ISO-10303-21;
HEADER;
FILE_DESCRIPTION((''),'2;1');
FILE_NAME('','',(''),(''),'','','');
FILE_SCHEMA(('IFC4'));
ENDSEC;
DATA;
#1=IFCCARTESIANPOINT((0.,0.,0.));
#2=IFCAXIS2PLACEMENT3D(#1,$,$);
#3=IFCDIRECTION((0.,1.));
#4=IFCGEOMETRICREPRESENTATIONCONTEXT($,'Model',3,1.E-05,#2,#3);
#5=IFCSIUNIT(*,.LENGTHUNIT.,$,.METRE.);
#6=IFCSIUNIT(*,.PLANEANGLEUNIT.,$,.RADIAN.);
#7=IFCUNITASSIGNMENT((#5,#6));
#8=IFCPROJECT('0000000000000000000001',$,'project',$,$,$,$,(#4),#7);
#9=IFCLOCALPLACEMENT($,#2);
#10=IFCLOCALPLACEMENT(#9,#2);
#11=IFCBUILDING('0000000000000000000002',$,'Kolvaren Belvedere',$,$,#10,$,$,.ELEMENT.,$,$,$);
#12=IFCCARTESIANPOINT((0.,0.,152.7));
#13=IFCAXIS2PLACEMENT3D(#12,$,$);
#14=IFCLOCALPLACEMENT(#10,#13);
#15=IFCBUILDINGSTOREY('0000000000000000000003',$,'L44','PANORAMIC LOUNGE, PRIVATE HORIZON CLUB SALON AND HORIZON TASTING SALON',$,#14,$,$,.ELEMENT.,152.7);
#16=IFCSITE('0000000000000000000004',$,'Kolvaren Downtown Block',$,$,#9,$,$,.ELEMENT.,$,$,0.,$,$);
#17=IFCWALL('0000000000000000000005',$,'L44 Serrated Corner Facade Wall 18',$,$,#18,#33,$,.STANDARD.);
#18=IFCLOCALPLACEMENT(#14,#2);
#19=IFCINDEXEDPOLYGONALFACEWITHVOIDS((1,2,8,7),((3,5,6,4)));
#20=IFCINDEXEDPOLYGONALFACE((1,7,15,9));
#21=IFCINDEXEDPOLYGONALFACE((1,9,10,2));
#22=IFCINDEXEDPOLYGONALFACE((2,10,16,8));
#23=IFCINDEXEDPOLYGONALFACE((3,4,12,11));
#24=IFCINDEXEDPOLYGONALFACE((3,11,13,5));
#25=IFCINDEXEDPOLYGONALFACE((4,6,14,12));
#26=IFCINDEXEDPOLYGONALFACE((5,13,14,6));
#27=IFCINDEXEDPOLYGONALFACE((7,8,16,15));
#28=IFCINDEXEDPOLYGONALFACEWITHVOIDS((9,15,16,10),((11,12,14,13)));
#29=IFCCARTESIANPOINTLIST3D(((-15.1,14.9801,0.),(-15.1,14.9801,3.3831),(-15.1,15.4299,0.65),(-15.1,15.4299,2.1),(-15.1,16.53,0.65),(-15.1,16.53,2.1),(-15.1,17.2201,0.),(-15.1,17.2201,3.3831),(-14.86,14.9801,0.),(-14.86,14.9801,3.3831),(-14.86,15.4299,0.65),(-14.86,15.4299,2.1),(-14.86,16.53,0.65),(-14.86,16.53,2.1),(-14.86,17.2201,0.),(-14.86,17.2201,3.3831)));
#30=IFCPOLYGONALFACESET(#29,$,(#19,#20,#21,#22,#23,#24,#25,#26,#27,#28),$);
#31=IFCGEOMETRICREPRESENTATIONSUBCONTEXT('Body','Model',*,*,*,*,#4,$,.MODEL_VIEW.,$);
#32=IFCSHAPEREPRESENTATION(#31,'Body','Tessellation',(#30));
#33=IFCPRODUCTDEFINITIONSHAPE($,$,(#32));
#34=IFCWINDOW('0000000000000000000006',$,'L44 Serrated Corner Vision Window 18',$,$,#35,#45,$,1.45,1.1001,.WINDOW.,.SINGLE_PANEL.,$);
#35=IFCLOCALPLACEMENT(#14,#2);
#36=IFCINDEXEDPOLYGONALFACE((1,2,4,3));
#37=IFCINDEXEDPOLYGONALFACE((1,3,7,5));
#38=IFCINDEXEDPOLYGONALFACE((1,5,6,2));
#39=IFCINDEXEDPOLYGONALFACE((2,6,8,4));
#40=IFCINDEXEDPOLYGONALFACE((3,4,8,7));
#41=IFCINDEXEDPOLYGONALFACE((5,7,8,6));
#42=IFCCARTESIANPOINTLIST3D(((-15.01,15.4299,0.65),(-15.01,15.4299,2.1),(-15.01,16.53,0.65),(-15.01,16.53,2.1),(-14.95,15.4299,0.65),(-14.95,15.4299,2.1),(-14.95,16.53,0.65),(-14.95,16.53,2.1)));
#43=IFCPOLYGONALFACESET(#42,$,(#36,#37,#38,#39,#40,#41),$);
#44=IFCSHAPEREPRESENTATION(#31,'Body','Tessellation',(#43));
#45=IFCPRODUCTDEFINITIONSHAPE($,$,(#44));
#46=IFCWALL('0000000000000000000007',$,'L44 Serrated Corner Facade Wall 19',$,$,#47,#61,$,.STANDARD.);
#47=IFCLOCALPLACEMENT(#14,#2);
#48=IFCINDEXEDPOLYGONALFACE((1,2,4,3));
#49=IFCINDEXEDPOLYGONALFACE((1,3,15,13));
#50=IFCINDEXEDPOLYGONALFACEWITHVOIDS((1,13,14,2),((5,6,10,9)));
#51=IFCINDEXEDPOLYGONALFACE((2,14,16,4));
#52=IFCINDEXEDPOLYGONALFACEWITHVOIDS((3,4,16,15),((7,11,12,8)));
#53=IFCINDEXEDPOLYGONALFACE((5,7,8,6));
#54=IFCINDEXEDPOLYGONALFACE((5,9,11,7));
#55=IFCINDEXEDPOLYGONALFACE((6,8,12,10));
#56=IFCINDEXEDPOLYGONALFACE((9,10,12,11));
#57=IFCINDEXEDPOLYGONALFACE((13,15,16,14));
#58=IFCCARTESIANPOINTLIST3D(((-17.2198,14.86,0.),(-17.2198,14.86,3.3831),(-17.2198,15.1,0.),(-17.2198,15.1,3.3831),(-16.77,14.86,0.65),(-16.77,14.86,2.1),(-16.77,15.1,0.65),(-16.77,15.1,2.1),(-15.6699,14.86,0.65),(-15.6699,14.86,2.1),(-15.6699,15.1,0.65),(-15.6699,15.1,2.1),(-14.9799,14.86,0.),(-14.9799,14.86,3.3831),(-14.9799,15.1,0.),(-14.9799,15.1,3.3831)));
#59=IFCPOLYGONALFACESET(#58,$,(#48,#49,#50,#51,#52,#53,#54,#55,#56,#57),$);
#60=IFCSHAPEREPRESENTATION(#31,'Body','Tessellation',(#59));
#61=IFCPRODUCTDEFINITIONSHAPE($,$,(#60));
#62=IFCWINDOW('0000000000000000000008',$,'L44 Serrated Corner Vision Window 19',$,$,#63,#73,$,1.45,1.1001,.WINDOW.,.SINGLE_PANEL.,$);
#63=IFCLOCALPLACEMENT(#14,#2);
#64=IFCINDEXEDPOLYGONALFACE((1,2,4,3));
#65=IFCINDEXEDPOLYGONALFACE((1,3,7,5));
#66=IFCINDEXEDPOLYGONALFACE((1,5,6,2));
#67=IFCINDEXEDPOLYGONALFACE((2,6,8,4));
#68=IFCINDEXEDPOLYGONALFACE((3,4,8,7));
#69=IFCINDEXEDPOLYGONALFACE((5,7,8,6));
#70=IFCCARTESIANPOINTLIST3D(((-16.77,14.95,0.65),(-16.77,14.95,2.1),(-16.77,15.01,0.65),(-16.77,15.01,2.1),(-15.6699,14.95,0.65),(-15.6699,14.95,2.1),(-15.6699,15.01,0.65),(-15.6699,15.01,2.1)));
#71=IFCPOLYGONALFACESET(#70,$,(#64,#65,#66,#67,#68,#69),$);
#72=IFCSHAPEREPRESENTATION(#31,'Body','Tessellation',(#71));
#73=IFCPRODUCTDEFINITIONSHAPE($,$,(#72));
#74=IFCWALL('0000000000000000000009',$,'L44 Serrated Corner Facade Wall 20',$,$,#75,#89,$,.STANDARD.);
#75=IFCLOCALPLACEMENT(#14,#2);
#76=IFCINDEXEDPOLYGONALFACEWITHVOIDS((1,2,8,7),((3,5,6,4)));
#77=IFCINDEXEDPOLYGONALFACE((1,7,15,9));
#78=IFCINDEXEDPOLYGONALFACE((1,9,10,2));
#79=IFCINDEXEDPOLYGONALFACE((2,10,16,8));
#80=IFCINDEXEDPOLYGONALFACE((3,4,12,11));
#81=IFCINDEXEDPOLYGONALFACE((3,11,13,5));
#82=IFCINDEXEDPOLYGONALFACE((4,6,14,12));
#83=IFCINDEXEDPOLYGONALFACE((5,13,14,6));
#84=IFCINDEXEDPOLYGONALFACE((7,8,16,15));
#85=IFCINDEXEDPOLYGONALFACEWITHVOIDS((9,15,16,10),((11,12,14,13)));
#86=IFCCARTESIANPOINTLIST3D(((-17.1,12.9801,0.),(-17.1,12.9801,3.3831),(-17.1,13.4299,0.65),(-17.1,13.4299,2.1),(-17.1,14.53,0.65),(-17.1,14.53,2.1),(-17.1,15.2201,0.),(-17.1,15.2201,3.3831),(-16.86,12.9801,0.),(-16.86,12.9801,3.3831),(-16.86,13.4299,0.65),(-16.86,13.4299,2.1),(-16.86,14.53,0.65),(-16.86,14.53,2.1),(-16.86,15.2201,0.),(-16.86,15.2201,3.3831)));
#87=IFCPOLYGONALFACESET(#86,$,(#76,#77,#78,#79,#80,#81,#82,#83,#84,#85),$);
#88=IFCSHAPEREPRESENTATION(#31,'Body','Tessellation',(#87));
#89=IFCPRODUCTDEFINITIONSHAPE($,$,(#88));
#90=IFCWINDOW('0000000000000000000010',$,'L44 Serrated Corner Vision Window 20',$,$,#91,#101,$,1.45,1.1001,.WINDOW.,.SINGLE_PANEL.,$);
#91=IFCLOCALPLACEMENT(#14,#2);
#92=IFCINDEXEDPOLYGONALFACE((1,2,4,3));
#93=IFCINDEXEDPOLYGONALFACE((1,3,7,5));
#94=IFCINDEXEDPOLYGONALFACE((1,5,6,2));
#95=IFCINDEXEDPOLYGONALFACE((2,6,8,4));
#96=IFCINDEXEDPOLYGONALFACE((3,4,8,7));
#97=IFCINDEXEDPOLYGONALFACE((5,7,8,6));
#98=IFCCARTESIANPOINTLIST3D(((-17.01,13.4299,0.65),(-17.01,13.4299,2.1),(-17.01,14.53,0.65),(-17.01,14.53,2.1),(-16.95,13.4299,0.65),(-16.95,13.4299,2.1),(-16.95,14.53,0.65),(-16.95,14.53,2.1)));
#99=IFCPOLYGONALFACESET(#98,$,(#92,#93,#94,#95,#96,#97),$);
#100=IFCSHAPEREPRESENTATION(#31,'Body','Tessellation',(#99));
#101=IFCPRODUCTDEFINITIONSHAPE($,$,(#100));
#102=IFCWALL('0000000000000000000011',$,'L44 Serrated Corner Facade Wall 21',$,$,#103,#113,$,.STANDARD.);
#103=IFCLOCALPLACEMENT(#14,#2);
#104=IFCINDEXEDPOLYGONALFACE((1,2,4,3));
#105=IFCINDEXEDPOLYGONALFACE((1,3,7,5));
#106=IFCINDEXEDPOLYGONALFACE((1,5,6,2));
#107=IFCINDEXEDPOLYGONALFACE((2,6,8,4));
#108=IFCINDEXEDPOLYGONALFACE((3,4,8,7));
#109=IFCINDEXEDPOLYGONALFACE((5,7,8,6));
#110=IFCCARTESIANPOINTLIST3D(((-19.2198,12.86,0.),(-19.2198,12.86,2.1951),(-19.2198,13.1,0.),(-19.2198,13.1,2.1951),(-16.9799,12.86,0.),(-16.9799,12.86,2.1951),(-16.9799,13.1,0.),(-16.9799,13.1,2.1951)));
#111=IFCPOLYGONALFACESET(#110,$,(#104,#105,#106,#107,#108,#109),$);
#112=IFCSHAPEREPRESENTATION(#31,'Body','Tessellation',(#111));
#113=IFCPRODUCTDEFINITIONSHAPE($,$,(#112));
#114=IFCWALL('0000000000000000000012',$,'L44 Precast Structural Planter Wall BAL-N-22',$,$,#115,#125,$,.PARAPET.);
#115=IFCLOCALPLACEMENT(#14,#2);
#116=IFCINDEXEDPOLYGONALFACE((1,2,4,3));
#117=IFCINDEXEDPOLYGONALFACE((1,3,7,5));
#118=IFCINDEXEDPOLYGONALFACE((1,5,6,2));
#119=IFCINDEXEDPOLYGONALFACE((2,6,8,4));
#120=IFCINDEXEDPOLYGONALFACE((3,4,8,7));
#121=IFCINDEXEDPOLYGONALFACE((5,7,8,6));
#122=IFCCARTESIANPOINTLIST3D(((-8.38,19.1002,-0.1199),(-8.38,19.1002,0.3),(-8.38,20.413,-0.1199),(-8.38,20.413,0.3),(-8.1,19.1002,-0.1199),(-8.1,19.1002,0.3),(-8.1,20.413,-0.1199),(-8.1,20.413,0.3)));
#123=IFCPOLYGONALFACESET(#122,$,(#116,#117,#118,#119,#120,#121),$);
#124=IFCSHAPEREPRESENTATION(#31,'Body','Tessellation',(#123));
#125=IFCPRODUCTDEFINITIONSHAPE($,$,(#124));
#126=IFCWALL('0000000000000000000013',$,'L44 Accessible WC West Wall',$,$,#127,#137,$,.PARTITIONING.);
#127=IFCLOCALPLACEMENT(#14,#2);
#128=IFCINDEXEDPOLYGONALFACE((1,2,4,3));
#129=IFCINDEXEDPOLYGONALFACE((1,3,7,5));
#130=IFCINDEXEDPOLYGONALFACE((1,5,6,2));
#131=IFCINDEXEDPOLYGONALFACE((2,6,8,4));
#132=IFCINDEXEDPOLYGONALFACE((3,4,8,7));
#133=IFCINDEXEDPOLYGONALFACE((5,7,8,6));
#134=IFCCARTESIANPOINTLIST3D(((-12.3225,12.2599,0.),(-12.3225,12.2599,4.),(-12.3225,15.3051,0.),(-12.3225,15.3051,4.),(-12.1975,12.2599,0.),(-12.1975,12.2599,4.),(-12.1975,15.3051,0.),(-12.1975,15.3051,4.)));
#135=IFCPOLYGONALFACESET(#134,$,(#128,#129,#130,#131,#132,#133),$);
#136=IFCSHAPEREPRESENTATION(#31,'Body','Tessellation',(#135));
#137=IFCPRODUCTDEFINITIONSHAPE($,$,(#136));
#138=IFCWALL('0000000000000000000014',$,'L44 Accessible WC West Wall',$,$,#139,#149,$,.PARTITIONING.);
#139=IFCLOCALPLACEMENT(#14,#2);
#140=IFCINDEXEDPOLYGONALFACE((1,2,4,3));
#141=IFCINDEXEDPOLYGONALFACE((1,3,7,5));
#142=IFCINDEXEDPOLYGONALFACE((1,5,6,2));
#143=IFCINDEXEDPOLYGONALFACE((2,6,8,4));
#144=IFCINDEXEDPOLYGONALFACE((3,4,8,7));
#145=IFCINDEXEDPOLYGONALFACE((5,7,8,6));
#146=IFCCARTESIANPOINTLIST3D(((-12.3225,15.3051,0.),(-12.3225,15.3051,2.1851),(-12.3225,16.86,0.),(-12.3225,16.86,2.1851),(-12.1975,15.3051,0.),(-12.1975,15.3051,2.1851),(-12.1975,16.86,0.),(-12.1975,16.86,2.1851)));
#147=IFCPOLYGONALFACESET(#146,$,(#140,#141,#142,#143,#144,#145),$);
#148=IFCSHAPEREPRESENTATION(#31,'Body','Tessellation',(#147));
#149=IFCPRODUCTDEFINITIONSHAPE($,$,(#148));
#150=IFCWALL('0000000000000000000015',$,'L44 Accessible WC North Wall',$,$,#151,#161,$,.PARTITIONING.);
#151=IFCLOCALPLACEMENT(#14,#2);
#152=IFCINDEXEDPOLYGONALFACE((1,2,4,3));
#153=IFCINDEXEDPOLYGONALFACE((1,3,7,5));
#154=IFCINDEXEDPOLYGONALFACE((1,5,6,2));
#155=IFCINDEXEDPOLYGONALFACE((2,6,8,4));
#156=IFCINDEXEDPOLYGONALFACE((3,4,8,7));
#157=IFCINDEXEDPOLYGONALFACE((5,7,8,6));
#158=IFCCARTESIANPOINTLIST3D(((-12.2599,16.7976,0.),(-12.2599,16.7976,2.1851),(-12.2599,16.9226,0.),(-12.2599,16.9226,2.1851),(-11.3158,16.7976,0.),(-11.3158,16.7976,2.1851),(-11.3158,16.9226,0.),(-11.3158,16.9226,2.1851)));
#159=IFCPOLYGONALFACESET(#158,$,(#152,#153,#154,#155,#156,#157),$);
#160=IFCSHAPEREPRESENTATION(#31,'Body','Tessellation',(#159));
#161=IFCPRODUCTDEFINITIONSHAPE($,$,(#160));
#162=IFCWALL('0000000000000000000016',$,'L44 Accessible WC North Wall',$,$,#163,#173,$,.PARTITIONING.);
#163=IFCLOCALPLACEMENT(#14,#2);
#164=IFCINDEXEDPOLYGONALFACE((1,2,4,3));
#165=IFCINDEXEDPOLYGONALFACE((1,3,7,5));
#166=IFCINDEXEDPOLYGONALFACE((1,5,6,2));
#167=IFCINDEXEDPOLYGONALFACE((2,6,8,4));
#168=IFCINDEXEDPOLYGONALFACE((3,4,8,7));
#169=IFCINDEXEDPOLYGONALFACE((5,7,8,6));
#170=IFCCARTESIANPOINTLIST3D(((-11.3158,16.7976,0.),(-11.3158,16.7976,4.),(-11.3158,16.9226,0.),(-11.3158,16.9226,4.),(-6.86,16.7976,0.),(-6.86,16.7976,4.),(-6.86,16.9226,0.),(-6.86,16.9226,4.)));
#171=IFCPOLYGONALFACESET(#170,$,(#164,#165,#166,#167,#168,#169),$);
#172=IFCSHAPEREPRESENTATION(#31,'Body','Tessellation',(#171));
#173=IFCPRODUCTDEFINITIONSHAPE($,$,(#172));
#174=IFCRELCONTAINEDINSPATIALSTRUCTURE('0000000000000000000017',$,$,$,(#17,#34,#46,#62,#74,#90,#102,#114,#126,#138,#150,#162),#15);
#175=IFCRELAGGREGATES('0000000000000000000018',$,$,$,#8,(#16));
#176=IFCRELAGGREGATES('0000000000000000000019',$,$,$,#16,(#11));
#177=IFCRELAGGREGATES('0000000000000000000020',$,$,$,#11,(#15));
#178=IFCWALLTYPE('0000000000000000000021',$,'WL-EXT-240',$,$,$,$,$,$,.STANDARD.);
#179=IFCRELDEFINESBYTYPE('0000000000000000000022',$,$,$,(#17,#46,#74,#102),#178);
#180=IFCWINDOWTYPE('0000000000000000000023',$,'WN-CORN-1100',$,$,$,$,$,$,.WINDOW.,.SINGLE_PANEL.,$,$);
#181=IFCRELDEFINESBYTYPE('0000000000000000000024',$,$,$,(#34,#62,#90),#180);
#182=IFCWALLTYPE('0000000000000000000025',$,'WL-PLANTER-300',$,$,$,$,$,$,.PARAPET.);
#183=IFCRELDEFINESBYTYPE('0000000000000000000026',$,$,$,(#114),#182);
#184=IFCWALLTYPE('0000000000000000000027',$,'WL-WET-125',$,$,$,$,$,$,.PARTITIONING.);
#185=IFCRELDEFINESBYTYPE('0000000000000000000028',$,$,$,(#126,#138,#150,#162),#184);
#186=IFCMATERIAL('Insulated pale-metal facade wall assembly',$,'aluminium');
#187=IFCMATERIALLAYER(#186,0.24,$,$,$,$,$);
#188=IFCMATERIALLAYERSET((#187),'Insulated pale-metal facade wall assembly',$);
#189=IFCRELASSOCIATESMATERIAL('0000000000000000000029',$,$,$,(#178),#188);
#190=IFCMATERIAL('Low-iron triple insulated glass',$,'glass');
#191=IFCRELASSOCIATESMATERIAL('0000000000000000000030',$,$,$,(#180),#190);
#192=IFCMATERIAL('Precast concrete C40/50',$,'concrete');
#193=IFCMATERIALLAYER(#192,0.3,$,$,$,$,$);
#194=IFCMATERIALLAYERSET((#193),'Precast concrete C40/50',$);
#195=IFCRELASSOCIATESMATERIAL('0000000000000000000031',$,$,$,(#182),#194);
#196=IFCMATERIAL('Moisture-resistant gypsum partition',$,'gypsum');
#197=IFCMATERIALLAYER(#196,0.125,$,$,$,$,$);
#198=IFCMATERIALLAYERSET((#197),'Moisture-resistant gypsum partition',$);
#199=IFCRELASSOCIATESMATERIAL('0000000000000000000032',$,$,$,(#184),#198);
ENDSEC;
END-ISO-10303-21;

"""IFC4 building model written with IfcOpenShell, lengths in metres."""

from ifc_helpers import new_model, si_unit, direction, frame, frame_2d, origin, place, context, subcontext, project, spatial, rectangle, extrude, material, layer, layer_set, type_object, element, fill, save


model = new_model("IFC4")

# Units and contexts
model_context = context("Model", 3, precision=1e-05, world=origin(), true_north=direction((0.0, 1.0)))
body_context = subcontext(model_context, "Body", "Model", "MODEL_VIEW")
ifc_project = project(units=[si_unit("LENGTHUNIT", "METRE"), si_unit("PLANEANGLEUNIT", "RADIAN")], contexts=[model_context])

# Site, building, storey
site_placement = place(None, origin())
site = spatial("IfcSite", under=ifc_project, at=site_placement, Name="Kolvaren Downtown Block", CompositionType="ELEMENT", RefElevation=0.0)
building_placement = place(site_placement, origin())
building = spatial("IfcBuilding", under=site, at=building_placement, Name="Kolvaren Belvedere", CompositionType="ELEMENT")
storey_placement = place(building_placement, frame((0.0, 0.0, 152.7)))
storey = spatial("IfcBuildingStorey", under=building, at=storey_placement, Name="L44", Description="PANORAMIC LOUNGE, PRIVATE HORIZON CLUB SALON AND HORIZON TASTING SALON", CompositionType="ELEMENT", Elevation=152.7)

# Shared definitions
ifc_material_1 = material(Name="Insulated pale-metal facade wall assembly", Category="aluminium")
ifc_layer_1 = layer(ifc_material_1, 0.24)
ifc_layer_set_1 = layer_set([ifc_layer_1], Name="Insulated pale-metal facade wall assembly")
wall_type_1 = type_object("IfcWallType", Name="WL-EXT-240", PredefinedType="STANDARD", material=ifc_layer_set_1)

# Walls, openings, windows
ifc_material_2 = material(Name="Low-iron triple insulated glass", Category="glass")
window_type = type_object("IfcWindowType", Name="WN-CORN-1100", PartitioningType="SINGLE_PANEL", PredefinedType="WINDOW", material=ifc_material_2)
wall_1_placement = place(storey_placement, frame((-14.98, 14.98, 0.0), z_axis=(0.0, 0.0, 1.0), x_axis=(0.0, 1.0, 0.0)))
wall_1 = element("IfcWall", 1, at=wall_1_placement, inside=storey, type_object=wall_type_1, Name="L44 Serrated Corner Facade Wall 18", PredefinedType="STANDARD", context=body_context, shape_type="SweptSolid", body=[
    extrude(rectangle(XDim=2.24, YDim=0.24, at=frame_2d((1.1201, 0.0))), origin(), (0.0, 0.0, 1.0), 3.3831),
])
opening_1_placement = place(wall_1_placement, frame((0.45, 0.0, 0.6499)))
opening_1 = element("IfcOpeningElement", 2, at=opening_1_placement, cuts=wall_1, PredefinedType="OPENING", context=body_context, shape_type="SweptSolid", body=[
    extrude(rectangle(XDim=1.1001, YDim=1.45, at=frame_2d((0.55, 0.7251))), frame((0.0, 0.1299, 0.0), z_axis=(0.0, -1.0, 0.0), x_axis=(1.0, 0.0, 0.0)), (0.0, 0.0, 1.0), 0.26),
])
window_1_placement = place(opening_1_placement, origin())
window_1 = element("IfcWindow", 3, at=window_1_placement, inside=storey, type_object=window_type, Name="L44 Serrated Corner Vision Window 18", OverallHeight=1.45, OverallWidth=1.1001, PartitioningType="SINGLE_PANEL", PredefinedType="WINDOW", context=body_context, shape_type="SweptSolid", body=[
    extrude(rectangle(XDim=1.1001, YDim=1.45, at=frame_2d((0.55, 0.7251))), frame((0.0, 0.03, 0.0), z_axis=(0.0, -1.0, 0.0), x_axis=(1.0, 0.0, 0.0)), (0.0, 0.0, 1.0), 0.0601),
])
fill(opening_1, window_1)
wall_2_placement = place(storey_placement, frame((-17.22, 14.98, 0.0), z_axis=(0.0, 0.0, 1.0), x_axis=(1.0, 0.0, 0.0)))
wall_2 = element("IfcWall", 4, at=wall_2_placement, inside=storey, type_object=wall_type_1, Name="L44 Serrated Corner Facade Wall 19", PredefinedType="STANDARD", context=body_context, shape_type="SweptSolid", body=[
    extrude(rectangle(XDim=2.24, YDim=0.24, at=frame_2d((1.1201, 0.0))), origin(), (0.0, 0.0, 1.0), 3.3831),
])
opening_2_placement = place(wall_2_placement, frame((0.45, 0.0, 0.6499)))
opening_2 = element("IfcOpeningElement", 5, at=opening_2_placement, cuts=wall_2, PredefinedType="OPENING", context=body_context, shape_type="SweptSolid", body=[
    extrude(rectangle(XDim=1.1001, YDim=1.45, at=frame_2d((0.55, 0.7251))), frame((0.0, 0.1299, 0.0), z_axis=(0.0, -1.0, 0.0), x_axis=(1.0, 0.0, 0.0)), (0.0, 0.0, 1.0), 0.26),
])
window_2_placement = place(opening_2_placement, origin())
window_2 = element("IfcWindow", 6, at=window_2_placement, inside=storey, type_object=window_type, Name="L44 Serrated Corner Vision Window 19", OverallHeight=1.45, OverallWidth=1.1001, PartitioningType="SINGLE_PANEL", PredefinedType="WINDOW", context=body_context, shape_type="SweptSolid", body=[
    extrude(rectangle(XDim=1.1001, YDim=1.45, at=frame_2d((0.55, 0.7251))), frame((0.0, 0.03, 0.0), z_axis=(0.0, -1.0, 0.0), x_axis=(1.0, 0.0, 0.0)), (0.0, 0.0, 1.0), 0.0601),
])
fill(opening_2, window_2)
wall_3_placement = place(storey_placement, frame((-16.98, 12.98, 0.0), z_axis=(0.0, 0.0, 1.0), x_axis=(0.0, 1.0, 0.0)))
wall_3 = element("IfcWall", 7, at=wall_3_placement, inside=storey, type_object=wall_type_1, Name="L44 Serrated Corner Facade Wall 20", PredefinedType="STANDARD", context=body_context, shape_type="SweptSolid", body=[
    extrude(rectangle(XDim=2.24, YDim=0.24, at=frame_2d((1.1201, 0.0))), origin(), (0.0, 0.0, 1.0), 3.3831),
])
opening_3_placement = place(wall_3_placement, frame((0.45, 0.0, 0.6499)))
opening_3 = element("IfcOpeningElement", 8, at=opening_3_placement, cuts=wall_3, PredefinedType="OPENING", context=body_context, shape_type="SweptSolid", body=[
    extrude(rectangle(XDim=1.1001, YDim=1.45, at=frame_2d((0.55, 0.7251))), frame((0.0, 0.1299, 0.0), z_axis=(0.0, -1.0, 0.0), x_axis=(1.0, 0.0, 0.0)), (0.0, 0.0, 1.0), 0.26),
])
window_3_placement = place(opening_3_placement, origin())
window_3 = element("IfcWindow", 9, at=window_3_placement, inside=storey, type_object=window_type, Name="L44 Serrated Corner Vision Window 20", OverallHeight=1.45, OverallWidth=1.1001, PartitioningType="SINGLE_PANEL", PredefinedType="WINDOW", context=body_context, shape_type="SweptSolid", body=[
    extrude(rectangle(XDim=1.1001, YDim=1.45, at=frame_2d((0.55, 0.7251))), frame((0.0, 0.03, 0.0), z_axis=(0.0, -1.0, 0.0), x_axis=(1.0, 0.0, 0.0)), (0.0, 0.0, 1.0), 0.0601),
])
fill(opening_3, window_3)

# Walls
wall_4_placement = place(storey_placement, frame((-19.22, 12.98, 0.0), z_axis=(0.0, 0.0, 1.0), x_axis=(1.0, 0.0, 0.0)))
element("IfcWall", 10, at=wall_4_placement, inside=storey, type_object=wall_type_1, Name="L44 Serrated Corner Facade Wall 21", PredefinedType="STANDARD", context=body_context, shape_type="SweptSolid", body=[
    extrude(rectangle(XDim=2.24, YDim=0.24, at=frame_2d((1.1201, 0.0))), origin(), (0.0, 0.0, 1.0), 2.1951),
])
ifc_material_3 = material(Name="Precast concrete C40/50", Category="concrete")
ifc_layer_2 = layer(ifc_material_3, 0.3)
ifc_layer_set_2 = layer_set([ifc_layer_2], Name="Precast concrete C40/50")
wall_type_2 = type_object("IfcWallType", Name="WL-PLANTER-300", PredefinedType="PARAPET", material=ifc_layer_set_2)
wall_5_placement = place(storey_placement, frame((-8.24, 20.4128, -0.1199), z_axis=(0.0, 0.0, 1.0), x_axis=(0.0, -1.0, 0.0)))
element("IfcWall", 11, at=wall_5_placement, inside=storey, type_object=wall_type_2, Name="L44 Precast Structural Planter Wall BAL-N-22", PredefinedType="PARAPET", context=body_context, shape_type="SweptSolid", body=[
    extrude(rectangle(XDim=1.3127, YDim=0.28, at=frame_2d((0.6562, 0.0))), origin(), (0.0, 0.0, 1.0), 0.4199),
])
ifc_material_4 = material(Name="Moisture-resistant gypsum partition", Category="gypsum")
ifc_layer_3 = layer(ifc_material_4, 0.125)
ifc_layer_set_3 = layer_set([ifc_layer_3], Name="Moisture-resistant gypsum partition")
wall_type_3 = type_object("IfcWallType", Name="WL-WET-125", PredefinedType="PARTITIONING", material=ifc_layer_set_3)
wall_6_placement = place(storey_placement, frame((-12.26, 12.26, 0.0), z_axis=(0.0, 0.0, 1.0), x_axis=(0.0, 1.0, 0.0)))
element("IfcWall", 12, at=wall_6_placement, inside=storey, type_object=wall_type_3, Name="L44 Accessible WC West Wall", PredefinedType="PARTITIONING", context=body_context, shape_type="SweptSolid", body=[
    extrude(rectangle(XDim=3.0452, YDim=0.125, at=frame_2d((1.5225, 0.0))), origin(), (0.0, 0.0, 1.0), 4.0),
])
wall_7_placement = place(storey_placement, frame((-12.26, 15.3052, 0.0), z_axis=(0.0, 0.0, 1.0), x_axis=(0.0, 1.0, 0.0)))
element("IfcWall", 13, at=wall_7_placement, inside=storey, type_object=wall_type_3, Name="L44 Accessible WC West Wall", PredefinedType="PARTITIONING", context=body_context, shape_type="SweptSolid", body=[
    extrude(rectangle(XDim=1.5549, YDim=0.125, at=frame_2d((0.7773, 0.0))), origin(), (0.0, 0.0, 1.0), 2.1851),
])
wall_8_placement = place(storey_placement, frame((-12.26, 16.8601, 0.0), z_axis=(0.0, 0.0, 1.0), x_axis=(1.0, 0.0, 0.0)))
element("IfcWall", 14, at=wall_8_placement, inside=storey, type_object=wall_type_3, Name="L44 Accessible WC North Wall", PredefinedType="PARTITIONING", context=body_context, shape_type="SweptSolid", body=[
    extrude(rectangle(XDim=0.9441, YDim=0.125, at=frame_2d((0.4722, 0.0))), origin(), (0.0, 0.0, 1.0), 2.1851),
])
wall_9_placement = place(storey_placement, frame((-11.3159, 16.8601, 0.0), z_axis=(0.0, 0.0, 1.0), x_axis=(1.0, 0.0, 0.0)))
element("IfcWall", 15, at=wall_9_placement, inside=storey, type_object=wall_type_3, Name="L44 Accessible WC North Wall", PredefinedType="PARTITIONING", context=body_context, shape_type="SweptSolid", body=[
    extrude(rectangle(XDim=4.4558, YDim=0.125, at=frame_2d((2.228, 0.0))), origin(), (0.0, 0.0, 1.0), 4.0),
])

save(model, "model.ifc")
